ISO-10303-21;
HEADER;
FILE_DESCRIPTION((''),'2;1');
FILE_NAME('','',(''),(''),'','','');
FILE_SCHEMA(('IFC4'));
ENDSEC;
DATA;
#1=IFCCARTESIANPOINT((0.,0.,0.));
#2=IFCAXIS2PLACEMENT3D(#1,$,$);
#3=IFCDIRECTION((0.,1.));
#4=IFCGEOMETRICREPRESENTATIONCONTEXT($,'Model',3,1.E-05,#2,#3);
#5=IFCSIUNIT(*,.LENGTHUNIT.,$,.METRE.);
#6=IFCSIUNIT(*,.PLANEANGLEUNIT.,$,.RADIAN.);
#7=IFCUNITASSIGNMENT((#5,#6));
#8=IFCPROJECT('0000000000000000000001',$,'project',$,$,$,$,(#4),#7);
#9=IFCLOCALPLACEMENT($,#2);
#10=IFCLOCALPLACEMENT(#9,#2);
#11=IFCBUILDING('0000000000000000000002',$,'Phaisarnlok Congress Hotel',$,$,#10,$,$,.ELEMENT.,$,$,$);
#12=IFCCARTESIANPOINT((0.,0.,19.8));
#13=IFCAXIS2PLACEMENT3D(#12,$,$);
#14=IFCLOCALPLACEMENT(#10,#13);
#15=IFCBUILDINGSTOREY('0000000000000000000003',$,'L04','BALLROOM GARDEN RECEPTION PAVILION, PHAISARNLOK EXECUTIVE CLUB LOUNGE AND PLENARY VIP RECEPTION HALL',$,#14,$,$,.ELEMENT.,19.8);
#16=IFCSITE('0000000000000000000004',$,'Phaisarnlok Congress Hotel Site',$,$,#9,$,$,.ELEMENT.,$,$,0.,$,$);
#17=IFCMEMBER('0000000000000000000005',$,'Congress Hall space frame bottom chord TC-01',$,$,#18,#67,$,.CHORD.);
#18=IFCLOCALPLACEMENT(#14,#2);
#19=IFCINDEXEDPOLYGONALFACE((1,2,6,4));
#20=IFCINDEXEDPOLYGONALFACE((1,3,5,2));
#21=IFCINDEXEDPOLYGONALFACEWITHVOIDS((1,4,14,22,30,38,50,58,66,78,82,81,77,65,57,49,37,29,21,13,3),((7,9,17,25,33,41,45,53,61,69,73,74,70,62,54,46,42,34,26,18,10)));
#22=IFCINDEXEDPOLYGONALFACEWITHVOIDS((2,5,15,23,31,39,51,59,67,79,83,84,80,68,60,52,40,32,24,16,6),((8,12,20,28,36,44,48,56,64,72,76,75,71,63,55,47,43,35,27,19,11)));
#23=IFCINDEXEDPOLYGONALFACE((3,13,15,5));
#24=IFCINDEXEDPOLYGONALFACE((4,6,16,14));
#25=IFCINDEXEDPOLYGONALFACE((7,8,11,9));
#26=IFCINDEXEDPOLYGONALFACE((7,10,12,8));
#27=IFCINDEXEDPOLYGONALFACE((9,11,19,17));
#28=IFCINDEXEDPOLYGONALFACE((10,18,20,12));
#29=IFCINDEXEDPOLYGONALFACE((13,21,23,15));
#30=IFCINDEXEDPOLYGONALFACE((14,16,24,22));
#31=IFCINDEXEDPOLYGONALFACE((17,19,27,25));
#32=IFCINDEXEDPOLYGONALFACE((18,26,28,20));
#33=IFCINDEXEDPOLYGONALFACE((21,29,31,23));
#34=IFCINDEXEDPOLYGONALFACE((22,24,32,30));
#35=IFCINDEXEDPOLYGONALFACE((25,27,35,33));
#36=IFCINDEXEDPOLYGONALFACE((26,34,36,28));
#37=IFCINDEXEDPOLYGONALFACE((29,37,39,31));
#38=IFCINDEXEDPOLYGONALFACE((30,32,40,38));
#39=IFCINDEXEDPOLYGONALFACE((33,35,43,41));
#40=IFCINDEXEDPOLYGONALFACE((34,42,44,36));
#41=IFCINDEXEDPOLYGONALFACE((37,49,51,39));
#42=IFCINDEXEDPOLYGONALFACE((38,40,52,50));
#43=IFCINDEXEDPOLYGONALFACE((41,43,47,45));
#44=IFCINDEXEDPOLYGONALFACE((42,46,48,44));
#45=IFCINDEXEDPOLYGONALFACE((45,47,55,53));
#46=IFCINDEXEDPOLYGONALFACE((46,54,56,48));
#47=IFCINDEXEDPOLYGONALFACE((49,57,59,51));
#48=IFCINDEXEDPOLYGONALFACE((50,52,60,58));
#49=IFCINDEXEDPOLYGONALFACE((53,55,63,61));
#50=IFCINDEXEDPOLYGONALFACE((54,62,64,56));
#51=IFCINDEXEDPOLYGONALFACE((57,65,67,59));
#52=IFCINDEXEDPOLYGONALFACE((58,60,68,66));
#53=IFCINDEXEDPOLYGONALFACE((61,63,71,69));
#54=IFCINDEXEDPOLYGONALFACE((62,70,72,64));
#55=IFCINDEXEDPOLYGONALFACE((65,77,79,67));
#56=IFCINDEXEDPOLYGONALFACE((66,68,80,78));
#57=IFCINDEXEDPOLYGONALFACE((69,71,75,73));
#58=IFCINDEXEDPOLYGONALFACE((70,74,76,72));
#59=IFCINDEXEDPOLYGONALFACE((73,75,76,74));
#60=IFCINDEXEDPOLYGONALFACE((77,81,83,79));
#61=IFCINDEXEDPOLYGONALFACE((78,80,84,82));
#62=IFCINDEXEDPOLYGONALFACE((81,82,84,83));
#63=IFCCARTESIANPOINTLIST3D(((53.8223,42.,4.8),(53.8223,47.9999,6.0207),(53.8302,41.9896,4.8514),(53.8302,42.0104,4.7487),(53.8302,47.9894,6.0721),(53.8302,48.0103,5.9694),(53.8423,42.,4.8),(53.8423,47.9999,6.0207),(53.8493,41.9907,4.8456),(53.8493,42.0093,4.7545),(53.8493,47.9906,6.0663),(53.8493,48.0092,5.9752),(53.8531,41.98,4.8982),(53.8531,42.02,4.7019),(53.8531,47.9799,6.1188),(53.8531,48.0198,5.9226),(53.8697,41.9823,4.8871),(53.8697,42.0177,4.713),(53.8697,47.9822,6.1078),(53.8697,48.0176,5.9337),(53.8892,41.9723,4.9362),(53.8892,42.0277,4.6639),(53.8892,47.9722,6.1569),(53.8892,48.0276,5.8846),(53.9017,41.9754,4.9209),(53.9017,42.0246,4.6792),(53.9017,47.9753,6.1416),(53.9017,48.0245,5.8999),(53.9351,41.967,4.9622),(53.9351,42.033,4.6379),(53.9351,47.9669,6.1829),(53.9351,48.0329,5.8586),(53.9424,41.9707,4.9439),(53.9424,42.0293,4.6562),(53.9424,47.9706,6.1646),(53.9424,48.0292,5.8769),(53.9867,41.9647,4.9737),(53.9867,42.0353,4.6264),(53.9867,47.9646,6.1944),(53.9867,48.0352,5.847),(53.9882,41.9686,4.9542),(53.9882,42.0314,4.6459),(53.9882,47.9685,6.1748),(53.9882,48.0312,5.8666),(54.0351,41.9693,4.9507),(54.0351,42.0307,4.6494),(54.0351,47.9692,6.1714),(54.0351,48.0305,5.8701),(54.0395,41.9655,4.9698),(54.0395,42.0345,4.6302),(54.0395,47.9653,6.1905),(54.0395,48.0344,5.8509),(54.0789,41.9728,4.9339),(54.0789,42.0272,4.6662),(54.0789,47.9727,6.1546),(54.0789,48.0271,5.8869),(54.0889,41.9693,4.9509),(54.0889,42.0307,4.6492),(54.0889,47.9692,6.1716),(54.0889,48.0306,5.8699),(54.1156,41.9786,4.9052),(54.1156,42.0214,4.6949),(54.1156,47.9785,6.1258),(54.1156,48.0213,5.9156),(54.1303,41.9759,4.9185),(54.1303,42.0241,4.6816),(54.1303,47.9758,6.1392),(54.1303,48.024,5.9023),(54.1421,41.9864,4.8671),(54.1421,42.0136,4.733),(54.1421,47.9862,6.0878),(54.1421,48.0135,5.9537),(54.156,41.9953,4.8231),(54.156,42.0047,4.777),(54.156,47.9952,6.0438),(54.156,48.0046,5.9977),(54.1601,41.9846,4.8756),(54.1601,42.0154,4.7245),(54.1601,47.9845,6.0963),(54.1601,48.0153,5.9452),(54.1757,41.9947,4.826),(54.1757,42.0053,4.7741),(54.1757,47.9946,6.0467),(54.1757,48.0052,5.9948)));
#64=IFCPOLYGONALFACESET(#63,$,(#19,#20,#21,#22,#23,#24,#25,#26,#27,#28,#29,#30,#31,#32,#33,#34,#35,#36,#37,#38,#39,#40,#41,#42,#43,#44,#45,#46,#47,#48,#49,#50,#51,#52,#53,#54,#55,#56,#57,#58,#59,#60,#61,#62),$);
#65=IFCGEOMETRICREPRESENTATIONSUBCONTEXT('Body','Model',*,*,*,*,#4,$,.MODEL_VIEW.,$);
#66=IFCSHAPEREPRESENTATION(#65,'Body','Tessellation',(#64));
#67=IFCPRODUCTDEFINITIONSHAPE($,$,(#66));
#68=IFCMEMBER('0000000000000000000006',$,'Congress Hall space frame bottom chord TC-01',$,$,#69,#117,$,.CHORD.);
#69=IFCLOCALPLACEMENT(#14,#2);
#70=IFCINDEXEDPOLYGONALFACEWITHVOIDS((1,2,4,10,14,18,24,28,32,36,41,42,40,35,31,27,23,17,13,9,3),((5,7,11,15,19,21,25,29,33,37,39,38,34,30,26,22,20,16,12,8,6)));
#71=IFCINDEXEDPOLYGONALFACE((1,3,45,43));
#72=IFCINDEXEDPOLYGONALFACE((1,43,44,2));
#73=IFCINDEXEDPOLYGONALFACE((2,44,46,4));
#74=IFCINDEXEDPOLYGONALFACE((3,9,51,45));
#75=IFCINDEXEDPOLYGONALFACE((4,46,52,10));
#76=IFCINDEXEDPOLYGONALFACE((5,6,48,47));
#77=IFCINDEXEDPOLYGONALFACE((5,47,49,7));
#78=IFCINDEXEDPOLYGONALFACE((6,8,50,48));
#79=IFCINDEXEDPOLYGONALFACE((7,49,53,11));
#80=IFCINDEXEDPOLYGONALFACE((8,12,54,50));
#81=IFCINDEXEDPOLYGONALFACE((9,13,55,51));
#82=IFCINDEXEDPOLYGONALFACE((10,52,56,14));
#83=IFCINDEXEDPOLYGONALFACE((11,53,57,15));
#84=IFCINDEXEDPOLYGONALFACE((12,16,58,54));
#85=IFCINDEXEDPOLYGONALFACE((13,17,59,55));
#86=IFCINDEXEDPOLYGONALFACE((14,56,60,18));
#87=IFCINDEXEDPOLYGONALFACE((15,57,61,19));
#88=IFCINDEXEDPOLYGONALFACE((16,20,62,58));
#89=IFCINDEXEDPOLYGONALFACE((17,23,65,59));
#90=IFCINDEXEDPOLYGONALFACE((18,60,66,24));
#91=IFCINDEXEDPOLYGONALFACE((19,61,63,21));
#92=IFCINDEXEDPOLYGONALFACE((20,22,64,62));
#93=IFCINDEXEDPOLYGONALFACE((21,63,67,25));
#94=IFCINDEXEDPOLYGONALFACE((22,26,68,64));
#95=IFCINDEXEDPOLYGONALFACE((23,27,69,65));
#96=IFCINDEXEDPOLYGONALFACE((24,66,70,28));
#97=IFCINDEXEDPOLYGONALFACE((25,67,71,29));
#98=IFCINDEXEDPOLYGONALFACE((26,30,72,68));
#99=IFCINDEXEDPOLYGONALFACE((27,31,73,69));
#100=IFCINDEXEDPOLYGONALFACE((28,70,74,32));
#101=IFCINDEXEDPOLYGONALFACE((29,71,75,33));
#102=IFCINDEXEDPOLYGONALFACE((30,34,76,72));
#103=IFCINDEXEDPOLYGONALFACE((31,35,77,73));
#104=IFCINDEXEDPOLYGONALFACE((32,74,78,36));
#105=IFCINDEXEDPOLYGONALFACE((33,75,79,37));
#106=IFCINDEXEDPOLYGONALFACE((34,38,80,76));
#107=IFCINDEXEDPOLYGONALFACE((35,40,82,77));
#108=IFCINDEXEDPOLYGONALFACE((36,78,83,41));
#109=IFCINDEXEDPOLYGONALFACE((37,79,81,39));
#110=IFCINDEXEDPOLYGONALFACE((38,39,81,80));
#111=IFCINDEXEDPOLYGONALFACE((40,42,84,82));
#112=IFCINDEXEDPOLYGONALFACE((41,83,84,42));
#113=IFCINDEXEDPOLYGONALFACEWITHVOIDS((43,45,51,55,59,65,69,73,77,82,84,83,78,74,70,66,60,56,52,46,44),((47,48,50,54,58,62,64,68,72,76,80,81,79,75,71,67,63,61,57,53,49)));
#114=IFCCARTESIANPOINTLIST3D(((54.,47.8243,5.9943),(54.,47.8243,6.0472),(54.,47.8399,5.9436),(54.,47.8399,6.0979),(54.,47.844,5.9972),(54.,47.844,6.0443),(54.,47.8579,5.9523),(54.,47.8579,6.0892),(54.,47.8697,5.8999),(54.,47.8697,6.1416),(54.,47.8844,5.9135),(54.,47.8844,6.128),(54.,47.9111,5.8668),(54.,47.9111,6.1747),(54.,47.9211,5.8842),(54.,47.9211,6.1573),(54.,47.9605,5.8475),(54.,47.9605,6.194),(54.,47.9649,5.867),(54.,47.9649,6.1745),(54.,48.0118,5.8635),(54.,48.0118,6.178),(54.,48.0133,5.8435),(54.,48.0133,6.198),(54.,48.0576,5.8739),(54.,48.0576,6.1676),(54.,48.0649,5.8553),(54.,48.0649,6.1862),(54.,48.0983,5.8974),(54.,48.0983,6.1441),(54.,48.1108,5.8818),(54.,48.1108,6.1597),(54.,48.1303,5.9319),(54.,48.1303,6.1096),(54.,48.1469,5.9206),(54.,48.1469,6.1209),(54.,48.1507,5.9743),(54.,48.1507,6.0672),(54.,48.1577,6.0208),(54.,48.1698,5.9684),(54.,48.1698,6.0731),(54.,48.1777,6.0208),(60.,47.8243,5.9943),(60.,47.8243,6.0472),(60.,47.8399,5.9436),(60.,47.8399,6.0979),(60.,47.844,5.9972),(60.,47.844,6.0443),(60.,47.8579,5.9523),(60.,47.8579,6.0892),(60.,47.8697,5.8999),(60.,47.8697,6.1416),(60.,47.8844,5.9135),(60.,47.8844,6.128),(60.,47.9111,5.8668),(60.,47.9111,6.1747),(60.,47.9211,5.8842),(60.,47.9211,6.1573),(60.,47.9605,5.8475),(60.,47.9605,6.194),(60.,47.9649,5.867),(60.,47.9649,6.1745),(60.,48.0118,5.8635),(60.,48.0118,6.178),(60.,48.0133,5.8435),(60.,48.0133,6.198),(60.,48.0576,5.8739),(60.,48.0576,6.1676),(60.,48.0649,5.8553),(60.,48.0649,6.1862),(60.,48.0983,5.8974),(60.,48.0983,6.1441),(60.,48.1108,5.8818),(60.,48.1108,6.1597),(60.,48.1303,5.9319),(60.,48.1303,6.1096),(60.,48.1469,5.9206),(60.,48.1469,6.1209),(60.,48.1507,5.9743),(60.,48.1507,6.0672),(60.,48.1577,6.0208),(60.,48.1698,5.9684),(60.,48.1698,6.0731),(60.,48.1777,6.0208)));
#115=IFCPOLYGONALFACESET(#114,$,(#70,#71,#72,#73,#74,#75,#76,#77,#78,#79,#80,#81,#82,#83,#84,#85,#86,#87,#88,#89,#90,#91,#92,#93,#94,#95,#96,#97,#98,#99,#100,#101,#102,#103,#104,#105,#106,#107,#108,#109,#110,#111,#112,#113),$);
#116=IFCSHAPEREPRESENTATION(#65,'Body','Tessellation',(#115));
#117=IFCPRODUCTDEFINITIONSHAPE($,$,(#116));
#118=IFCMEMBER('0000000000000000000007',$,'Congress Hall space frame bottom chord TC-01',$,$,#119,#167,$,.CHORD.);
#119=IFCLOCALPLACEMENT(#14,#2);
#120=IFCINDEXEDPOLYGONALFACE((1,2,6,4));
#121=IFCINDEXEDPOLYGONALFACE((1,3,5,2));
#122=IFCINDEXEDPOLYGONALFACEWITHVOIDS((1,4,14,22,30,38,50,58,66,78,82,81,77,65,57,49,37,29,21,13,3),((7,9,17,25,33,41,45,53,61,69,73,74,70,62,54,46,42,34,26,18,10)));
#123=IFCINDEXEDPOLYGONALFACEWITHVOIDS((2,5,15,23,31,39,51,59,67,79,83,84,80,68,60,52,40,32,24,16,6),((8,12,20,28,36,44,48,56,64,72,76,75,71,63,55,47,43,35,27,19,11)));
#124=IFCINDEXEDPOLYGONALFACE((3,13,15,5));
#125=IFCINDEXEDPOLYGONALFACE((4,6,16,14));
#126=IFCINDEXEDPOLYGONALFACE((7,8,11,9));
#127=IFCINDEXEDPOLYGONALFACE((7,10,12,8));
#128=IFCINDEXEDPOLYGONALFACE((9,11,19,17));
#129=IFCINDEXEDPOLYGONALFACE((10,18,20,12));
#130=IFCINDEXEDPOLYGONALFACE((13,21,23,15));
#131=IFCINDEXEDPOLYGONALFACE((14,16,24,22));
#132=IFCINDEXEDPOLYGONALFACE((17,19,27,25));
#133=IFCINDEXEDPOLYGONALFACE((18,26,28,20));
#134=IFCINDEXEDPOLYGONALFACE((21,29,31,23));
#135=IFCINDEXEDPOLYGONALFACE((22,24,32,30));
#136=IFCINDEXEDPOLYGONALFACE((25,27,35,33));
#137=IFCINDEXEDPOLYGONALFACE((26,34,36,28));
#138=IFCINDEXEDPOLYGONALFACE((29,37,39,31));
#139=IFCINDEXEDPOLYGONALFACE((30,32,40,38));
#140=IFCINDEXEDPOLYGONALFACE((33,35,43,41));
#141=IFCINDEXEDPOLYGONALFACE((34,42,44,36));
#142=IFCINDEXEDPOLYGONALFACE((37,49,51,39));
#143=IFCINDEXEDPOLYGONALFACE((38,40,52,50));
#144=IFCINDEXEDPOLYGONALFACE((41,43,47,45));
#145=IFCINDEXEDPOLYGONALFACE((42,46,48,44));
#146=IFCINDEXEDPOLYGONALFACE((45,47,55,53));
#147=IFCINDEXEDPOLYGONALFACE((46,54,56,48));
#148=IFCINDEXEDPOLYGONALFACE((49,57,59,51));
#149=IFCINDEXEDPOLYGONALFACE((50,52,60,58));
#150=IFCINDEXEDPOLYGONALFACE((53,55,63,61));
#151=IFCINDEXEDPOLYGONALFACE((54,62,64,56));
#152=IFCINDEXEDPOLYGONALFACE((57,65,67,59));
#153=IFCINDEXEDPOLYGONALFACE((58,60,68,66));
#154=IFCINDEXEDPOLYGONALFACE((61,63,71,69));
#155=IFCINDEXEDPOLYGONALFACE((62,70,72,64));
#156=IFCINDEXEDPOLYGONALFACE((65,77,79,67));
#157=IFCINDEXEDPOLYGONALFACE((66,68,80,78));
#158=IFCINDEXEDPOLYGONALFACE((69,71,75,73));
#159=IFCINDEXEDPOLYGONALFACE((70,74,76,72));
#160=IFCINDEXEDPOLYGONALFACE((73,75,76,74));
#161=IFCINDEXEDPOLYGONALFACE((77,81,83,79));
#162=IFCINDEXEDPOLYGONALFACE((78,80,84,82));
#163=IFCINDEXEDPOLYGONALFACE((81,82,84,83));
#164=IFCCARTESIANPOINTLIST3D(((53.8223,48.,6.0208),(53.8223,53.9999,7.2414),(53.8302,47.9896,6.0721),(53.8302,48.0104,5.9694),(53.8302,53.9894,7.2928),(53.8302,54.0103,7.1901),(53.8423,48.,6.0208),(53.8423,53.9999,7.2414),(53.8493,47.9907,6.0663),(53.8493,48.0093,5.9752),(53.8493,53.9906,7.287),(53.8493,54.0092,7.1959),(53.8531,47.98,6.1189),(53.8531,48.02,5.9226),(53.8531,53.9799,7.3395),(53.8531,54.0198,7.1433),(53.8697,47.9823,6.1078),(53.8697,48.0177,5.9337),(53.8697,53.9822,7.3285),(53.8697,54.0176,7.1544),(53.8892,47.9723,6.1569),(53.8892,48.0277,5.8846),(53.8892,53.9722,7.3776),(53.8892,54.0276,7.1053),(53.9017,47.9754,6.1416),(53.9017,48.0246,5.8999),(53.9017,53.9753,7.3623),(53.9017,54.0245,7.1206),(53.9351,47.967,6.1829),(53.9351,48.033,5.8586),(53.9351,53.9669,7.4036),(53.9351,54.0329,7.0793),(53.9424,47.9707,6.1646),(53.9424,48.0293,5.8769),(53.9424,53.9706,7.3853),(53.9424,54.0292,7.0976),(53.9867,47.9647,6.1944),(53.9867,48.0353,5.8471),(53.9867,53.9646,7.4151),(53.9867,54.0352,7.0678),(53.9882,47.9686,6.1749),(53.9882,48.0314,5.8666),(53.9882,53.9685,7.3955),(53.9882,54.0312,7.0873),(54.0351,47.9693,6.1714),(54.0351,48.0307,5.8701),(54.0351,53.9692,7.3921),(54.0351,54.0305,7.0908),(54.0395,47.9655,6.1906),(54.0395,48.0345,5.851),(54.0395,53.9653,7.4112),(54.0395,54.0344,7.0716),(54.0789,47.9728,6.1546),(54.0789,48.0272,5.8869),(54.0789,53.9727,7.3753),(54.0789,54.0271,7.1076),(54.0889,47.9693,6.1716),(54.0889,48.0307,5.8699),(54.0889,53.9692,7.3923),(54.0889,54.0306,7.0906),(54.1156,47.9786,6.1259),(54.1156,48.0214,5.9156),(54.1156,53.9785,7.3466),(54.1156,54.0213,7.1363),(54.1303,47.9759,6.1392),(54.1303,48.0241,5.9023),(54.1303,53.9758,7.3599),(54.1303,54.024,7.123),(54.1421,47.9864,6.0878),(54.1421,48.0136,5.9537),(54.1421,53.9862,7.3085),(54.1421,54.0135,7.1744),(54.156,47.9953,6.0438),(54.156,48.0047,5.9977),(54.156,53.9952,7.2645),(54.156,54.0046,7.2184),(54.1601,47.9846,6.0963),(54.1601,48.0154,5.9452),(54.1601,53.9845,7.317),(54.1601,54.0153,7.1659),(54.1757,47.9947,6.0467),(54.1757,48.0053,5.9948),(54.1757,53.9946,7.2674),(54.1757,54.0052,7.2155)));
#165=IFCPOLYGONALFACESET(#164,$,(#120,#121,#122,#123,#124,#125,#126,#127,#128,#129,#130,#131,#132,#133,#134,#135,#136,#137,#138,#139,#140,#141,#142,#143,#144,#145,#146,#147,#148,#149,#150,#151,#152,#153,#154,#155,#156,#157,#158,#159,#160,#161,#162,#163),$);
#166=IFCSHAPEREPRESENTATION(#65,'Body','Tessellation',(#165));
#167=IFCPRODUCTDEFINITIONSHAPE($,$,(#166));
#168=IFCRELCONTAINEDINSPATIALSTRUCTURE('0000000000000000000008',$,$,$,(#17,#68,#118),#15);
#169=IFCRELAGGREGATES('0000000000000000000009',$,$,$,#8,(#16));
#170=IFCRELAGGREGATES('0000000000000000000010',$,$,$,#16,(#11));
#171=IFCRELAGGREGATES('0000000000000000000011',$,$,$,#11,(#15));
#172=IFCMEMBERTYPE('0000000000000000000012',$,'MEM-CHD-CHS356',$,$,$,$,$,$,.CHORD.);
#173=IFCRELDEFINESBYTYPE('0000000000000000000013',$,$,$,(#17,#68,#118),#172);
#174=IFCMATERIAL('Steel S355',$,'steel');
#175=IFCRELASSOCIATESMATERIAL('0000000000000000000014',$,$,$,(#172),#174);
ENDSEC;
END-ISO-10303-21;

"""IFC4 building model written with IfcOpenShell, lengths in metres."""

from ifc_helpers import new_model, si_unit, direction, frame, origin, origin_2d, place, context, subcontext, project, spatial, hollow_circle, extrude, material, material_profile, profile_set, type_object, element, save


model = new_model("IFC4")

# Units and contexts
model_context = context("Model", 3, precision=1e-05, world=origin(), true_north=direction((0.0, 1.0)))
body_context = subcontext(model_context, "Body", "Model", "MODEL_VIEW")
ifc_project = project(units=[si_unit("LENGTHUNIT", "METRE"), si_unit("PLANEANGLEUNIT", "RADIAN")], contexts=[model_context])

# Site, building, storey
site_placement = place(None, origin())
site = spatial("IfcSite", under=ifc_project, at=site_placement, Name="Phaisarnlok Congress Hotel Site", CompositionType="ELEMENT", RefElevation=0.0)
building_placement = place(site_placement, origin())
building = spatial("IfcBuilding", under=site, at=building_placement, Name="Phaisarnlok Congress Hotel", CompositionType="ELEMENT")
storey_placement = place(building_placement, frame((0.0, 0.0, 19.8)))
storey = spatial("IfcBuildingStorey", under=building, at=storey_placement, Name="L04", Description="BALLROOM GARDEN RECEPTION PAVILION, PHAISARNLOK EXECUTIVE CLUB LOUNGE AND PLENARY VIP RECEPTION HALL", CompositionType="ELEMENT", Elevation=19.8)

# Members
ifc_material_1 = material(Name="Steel S355", Category="steel")
ifc_material_profile_1 = material_profile(ifc_material_1, hollow_circle(Radius=0.1777, WallThickness=0.02, at=origin_2d()), Name="CHS 355.6x20")
ifc_profile_set_1 = profile_set([ifc_material_profile_1], Name="Steel S355")
member_type_1 = type_object("IfcMemberType", Name="MEM-CHD-CHS356", PredefinedType="CHORD", material=ifc_profile_set_1)
member_1_placement = place(storey_placement, frame((54.0, 42.0, 4.8), z_axis=(0.0, 0.979925, 0.199366), x_axis=(-1.0, 0.0, 0.0)))
element("IfcMember", 1, at=member_1_placement, inside=storey, type_object=member_type_1, Name="Congress Hall space frame bottom chord TC-01", PredefinedType="CHORD", context=body_context, shape_type="SweptSolid", body=[
    extrude(hollow_circle(Radius=0.1777, WallThickness=0.02, at=origin_2d()), origin(), (0.0, 0.0, 1.0), 6.1228),
])
member_2_placement = place(storey_placement, frame((54.0, 48.0, 6.0208), z_axis=(1.0, 0.0, 0.0), x_axis=(0.0, 1.0, 0.0)))
element("IfcMember", 2, at=member_2_placement, inside=storey, type_object=member_type_1, Name="Congress Hall space frame bottom chord TC-01", PredefinedType="CHORD", context=body_context, shape_type="SweptSolid", body=[
    extrude(hollow_circle(Radius=0.1777, WallThickness=0.02, at=origin_2d()), origin(), (0.0, 0.0, 1.0), 6.0),
])
member_3_placement = place(storey_placement, frame((54.0, 48.0, 6.0208), z_axis=(0.0, 0.979925, 0.199366), x_axis=(-1.0, 0.0, 0.0)))
element("IfcMember", 3, at=member_3_placement, inside=storey, type_object=member_type_1, Name="Congress Hall space frame bottom chord TC-01", PredefinedType="CHORD", context=body_context, shape_type="SweptSolid", body=[
    extrude(hollow_circle(Radius=0.1777, WallThickness=0.02, at=origin_2d()), origin(), (0.0, 0.0, 1.0), 6.1228),
])

save(model, "model.ifc")
